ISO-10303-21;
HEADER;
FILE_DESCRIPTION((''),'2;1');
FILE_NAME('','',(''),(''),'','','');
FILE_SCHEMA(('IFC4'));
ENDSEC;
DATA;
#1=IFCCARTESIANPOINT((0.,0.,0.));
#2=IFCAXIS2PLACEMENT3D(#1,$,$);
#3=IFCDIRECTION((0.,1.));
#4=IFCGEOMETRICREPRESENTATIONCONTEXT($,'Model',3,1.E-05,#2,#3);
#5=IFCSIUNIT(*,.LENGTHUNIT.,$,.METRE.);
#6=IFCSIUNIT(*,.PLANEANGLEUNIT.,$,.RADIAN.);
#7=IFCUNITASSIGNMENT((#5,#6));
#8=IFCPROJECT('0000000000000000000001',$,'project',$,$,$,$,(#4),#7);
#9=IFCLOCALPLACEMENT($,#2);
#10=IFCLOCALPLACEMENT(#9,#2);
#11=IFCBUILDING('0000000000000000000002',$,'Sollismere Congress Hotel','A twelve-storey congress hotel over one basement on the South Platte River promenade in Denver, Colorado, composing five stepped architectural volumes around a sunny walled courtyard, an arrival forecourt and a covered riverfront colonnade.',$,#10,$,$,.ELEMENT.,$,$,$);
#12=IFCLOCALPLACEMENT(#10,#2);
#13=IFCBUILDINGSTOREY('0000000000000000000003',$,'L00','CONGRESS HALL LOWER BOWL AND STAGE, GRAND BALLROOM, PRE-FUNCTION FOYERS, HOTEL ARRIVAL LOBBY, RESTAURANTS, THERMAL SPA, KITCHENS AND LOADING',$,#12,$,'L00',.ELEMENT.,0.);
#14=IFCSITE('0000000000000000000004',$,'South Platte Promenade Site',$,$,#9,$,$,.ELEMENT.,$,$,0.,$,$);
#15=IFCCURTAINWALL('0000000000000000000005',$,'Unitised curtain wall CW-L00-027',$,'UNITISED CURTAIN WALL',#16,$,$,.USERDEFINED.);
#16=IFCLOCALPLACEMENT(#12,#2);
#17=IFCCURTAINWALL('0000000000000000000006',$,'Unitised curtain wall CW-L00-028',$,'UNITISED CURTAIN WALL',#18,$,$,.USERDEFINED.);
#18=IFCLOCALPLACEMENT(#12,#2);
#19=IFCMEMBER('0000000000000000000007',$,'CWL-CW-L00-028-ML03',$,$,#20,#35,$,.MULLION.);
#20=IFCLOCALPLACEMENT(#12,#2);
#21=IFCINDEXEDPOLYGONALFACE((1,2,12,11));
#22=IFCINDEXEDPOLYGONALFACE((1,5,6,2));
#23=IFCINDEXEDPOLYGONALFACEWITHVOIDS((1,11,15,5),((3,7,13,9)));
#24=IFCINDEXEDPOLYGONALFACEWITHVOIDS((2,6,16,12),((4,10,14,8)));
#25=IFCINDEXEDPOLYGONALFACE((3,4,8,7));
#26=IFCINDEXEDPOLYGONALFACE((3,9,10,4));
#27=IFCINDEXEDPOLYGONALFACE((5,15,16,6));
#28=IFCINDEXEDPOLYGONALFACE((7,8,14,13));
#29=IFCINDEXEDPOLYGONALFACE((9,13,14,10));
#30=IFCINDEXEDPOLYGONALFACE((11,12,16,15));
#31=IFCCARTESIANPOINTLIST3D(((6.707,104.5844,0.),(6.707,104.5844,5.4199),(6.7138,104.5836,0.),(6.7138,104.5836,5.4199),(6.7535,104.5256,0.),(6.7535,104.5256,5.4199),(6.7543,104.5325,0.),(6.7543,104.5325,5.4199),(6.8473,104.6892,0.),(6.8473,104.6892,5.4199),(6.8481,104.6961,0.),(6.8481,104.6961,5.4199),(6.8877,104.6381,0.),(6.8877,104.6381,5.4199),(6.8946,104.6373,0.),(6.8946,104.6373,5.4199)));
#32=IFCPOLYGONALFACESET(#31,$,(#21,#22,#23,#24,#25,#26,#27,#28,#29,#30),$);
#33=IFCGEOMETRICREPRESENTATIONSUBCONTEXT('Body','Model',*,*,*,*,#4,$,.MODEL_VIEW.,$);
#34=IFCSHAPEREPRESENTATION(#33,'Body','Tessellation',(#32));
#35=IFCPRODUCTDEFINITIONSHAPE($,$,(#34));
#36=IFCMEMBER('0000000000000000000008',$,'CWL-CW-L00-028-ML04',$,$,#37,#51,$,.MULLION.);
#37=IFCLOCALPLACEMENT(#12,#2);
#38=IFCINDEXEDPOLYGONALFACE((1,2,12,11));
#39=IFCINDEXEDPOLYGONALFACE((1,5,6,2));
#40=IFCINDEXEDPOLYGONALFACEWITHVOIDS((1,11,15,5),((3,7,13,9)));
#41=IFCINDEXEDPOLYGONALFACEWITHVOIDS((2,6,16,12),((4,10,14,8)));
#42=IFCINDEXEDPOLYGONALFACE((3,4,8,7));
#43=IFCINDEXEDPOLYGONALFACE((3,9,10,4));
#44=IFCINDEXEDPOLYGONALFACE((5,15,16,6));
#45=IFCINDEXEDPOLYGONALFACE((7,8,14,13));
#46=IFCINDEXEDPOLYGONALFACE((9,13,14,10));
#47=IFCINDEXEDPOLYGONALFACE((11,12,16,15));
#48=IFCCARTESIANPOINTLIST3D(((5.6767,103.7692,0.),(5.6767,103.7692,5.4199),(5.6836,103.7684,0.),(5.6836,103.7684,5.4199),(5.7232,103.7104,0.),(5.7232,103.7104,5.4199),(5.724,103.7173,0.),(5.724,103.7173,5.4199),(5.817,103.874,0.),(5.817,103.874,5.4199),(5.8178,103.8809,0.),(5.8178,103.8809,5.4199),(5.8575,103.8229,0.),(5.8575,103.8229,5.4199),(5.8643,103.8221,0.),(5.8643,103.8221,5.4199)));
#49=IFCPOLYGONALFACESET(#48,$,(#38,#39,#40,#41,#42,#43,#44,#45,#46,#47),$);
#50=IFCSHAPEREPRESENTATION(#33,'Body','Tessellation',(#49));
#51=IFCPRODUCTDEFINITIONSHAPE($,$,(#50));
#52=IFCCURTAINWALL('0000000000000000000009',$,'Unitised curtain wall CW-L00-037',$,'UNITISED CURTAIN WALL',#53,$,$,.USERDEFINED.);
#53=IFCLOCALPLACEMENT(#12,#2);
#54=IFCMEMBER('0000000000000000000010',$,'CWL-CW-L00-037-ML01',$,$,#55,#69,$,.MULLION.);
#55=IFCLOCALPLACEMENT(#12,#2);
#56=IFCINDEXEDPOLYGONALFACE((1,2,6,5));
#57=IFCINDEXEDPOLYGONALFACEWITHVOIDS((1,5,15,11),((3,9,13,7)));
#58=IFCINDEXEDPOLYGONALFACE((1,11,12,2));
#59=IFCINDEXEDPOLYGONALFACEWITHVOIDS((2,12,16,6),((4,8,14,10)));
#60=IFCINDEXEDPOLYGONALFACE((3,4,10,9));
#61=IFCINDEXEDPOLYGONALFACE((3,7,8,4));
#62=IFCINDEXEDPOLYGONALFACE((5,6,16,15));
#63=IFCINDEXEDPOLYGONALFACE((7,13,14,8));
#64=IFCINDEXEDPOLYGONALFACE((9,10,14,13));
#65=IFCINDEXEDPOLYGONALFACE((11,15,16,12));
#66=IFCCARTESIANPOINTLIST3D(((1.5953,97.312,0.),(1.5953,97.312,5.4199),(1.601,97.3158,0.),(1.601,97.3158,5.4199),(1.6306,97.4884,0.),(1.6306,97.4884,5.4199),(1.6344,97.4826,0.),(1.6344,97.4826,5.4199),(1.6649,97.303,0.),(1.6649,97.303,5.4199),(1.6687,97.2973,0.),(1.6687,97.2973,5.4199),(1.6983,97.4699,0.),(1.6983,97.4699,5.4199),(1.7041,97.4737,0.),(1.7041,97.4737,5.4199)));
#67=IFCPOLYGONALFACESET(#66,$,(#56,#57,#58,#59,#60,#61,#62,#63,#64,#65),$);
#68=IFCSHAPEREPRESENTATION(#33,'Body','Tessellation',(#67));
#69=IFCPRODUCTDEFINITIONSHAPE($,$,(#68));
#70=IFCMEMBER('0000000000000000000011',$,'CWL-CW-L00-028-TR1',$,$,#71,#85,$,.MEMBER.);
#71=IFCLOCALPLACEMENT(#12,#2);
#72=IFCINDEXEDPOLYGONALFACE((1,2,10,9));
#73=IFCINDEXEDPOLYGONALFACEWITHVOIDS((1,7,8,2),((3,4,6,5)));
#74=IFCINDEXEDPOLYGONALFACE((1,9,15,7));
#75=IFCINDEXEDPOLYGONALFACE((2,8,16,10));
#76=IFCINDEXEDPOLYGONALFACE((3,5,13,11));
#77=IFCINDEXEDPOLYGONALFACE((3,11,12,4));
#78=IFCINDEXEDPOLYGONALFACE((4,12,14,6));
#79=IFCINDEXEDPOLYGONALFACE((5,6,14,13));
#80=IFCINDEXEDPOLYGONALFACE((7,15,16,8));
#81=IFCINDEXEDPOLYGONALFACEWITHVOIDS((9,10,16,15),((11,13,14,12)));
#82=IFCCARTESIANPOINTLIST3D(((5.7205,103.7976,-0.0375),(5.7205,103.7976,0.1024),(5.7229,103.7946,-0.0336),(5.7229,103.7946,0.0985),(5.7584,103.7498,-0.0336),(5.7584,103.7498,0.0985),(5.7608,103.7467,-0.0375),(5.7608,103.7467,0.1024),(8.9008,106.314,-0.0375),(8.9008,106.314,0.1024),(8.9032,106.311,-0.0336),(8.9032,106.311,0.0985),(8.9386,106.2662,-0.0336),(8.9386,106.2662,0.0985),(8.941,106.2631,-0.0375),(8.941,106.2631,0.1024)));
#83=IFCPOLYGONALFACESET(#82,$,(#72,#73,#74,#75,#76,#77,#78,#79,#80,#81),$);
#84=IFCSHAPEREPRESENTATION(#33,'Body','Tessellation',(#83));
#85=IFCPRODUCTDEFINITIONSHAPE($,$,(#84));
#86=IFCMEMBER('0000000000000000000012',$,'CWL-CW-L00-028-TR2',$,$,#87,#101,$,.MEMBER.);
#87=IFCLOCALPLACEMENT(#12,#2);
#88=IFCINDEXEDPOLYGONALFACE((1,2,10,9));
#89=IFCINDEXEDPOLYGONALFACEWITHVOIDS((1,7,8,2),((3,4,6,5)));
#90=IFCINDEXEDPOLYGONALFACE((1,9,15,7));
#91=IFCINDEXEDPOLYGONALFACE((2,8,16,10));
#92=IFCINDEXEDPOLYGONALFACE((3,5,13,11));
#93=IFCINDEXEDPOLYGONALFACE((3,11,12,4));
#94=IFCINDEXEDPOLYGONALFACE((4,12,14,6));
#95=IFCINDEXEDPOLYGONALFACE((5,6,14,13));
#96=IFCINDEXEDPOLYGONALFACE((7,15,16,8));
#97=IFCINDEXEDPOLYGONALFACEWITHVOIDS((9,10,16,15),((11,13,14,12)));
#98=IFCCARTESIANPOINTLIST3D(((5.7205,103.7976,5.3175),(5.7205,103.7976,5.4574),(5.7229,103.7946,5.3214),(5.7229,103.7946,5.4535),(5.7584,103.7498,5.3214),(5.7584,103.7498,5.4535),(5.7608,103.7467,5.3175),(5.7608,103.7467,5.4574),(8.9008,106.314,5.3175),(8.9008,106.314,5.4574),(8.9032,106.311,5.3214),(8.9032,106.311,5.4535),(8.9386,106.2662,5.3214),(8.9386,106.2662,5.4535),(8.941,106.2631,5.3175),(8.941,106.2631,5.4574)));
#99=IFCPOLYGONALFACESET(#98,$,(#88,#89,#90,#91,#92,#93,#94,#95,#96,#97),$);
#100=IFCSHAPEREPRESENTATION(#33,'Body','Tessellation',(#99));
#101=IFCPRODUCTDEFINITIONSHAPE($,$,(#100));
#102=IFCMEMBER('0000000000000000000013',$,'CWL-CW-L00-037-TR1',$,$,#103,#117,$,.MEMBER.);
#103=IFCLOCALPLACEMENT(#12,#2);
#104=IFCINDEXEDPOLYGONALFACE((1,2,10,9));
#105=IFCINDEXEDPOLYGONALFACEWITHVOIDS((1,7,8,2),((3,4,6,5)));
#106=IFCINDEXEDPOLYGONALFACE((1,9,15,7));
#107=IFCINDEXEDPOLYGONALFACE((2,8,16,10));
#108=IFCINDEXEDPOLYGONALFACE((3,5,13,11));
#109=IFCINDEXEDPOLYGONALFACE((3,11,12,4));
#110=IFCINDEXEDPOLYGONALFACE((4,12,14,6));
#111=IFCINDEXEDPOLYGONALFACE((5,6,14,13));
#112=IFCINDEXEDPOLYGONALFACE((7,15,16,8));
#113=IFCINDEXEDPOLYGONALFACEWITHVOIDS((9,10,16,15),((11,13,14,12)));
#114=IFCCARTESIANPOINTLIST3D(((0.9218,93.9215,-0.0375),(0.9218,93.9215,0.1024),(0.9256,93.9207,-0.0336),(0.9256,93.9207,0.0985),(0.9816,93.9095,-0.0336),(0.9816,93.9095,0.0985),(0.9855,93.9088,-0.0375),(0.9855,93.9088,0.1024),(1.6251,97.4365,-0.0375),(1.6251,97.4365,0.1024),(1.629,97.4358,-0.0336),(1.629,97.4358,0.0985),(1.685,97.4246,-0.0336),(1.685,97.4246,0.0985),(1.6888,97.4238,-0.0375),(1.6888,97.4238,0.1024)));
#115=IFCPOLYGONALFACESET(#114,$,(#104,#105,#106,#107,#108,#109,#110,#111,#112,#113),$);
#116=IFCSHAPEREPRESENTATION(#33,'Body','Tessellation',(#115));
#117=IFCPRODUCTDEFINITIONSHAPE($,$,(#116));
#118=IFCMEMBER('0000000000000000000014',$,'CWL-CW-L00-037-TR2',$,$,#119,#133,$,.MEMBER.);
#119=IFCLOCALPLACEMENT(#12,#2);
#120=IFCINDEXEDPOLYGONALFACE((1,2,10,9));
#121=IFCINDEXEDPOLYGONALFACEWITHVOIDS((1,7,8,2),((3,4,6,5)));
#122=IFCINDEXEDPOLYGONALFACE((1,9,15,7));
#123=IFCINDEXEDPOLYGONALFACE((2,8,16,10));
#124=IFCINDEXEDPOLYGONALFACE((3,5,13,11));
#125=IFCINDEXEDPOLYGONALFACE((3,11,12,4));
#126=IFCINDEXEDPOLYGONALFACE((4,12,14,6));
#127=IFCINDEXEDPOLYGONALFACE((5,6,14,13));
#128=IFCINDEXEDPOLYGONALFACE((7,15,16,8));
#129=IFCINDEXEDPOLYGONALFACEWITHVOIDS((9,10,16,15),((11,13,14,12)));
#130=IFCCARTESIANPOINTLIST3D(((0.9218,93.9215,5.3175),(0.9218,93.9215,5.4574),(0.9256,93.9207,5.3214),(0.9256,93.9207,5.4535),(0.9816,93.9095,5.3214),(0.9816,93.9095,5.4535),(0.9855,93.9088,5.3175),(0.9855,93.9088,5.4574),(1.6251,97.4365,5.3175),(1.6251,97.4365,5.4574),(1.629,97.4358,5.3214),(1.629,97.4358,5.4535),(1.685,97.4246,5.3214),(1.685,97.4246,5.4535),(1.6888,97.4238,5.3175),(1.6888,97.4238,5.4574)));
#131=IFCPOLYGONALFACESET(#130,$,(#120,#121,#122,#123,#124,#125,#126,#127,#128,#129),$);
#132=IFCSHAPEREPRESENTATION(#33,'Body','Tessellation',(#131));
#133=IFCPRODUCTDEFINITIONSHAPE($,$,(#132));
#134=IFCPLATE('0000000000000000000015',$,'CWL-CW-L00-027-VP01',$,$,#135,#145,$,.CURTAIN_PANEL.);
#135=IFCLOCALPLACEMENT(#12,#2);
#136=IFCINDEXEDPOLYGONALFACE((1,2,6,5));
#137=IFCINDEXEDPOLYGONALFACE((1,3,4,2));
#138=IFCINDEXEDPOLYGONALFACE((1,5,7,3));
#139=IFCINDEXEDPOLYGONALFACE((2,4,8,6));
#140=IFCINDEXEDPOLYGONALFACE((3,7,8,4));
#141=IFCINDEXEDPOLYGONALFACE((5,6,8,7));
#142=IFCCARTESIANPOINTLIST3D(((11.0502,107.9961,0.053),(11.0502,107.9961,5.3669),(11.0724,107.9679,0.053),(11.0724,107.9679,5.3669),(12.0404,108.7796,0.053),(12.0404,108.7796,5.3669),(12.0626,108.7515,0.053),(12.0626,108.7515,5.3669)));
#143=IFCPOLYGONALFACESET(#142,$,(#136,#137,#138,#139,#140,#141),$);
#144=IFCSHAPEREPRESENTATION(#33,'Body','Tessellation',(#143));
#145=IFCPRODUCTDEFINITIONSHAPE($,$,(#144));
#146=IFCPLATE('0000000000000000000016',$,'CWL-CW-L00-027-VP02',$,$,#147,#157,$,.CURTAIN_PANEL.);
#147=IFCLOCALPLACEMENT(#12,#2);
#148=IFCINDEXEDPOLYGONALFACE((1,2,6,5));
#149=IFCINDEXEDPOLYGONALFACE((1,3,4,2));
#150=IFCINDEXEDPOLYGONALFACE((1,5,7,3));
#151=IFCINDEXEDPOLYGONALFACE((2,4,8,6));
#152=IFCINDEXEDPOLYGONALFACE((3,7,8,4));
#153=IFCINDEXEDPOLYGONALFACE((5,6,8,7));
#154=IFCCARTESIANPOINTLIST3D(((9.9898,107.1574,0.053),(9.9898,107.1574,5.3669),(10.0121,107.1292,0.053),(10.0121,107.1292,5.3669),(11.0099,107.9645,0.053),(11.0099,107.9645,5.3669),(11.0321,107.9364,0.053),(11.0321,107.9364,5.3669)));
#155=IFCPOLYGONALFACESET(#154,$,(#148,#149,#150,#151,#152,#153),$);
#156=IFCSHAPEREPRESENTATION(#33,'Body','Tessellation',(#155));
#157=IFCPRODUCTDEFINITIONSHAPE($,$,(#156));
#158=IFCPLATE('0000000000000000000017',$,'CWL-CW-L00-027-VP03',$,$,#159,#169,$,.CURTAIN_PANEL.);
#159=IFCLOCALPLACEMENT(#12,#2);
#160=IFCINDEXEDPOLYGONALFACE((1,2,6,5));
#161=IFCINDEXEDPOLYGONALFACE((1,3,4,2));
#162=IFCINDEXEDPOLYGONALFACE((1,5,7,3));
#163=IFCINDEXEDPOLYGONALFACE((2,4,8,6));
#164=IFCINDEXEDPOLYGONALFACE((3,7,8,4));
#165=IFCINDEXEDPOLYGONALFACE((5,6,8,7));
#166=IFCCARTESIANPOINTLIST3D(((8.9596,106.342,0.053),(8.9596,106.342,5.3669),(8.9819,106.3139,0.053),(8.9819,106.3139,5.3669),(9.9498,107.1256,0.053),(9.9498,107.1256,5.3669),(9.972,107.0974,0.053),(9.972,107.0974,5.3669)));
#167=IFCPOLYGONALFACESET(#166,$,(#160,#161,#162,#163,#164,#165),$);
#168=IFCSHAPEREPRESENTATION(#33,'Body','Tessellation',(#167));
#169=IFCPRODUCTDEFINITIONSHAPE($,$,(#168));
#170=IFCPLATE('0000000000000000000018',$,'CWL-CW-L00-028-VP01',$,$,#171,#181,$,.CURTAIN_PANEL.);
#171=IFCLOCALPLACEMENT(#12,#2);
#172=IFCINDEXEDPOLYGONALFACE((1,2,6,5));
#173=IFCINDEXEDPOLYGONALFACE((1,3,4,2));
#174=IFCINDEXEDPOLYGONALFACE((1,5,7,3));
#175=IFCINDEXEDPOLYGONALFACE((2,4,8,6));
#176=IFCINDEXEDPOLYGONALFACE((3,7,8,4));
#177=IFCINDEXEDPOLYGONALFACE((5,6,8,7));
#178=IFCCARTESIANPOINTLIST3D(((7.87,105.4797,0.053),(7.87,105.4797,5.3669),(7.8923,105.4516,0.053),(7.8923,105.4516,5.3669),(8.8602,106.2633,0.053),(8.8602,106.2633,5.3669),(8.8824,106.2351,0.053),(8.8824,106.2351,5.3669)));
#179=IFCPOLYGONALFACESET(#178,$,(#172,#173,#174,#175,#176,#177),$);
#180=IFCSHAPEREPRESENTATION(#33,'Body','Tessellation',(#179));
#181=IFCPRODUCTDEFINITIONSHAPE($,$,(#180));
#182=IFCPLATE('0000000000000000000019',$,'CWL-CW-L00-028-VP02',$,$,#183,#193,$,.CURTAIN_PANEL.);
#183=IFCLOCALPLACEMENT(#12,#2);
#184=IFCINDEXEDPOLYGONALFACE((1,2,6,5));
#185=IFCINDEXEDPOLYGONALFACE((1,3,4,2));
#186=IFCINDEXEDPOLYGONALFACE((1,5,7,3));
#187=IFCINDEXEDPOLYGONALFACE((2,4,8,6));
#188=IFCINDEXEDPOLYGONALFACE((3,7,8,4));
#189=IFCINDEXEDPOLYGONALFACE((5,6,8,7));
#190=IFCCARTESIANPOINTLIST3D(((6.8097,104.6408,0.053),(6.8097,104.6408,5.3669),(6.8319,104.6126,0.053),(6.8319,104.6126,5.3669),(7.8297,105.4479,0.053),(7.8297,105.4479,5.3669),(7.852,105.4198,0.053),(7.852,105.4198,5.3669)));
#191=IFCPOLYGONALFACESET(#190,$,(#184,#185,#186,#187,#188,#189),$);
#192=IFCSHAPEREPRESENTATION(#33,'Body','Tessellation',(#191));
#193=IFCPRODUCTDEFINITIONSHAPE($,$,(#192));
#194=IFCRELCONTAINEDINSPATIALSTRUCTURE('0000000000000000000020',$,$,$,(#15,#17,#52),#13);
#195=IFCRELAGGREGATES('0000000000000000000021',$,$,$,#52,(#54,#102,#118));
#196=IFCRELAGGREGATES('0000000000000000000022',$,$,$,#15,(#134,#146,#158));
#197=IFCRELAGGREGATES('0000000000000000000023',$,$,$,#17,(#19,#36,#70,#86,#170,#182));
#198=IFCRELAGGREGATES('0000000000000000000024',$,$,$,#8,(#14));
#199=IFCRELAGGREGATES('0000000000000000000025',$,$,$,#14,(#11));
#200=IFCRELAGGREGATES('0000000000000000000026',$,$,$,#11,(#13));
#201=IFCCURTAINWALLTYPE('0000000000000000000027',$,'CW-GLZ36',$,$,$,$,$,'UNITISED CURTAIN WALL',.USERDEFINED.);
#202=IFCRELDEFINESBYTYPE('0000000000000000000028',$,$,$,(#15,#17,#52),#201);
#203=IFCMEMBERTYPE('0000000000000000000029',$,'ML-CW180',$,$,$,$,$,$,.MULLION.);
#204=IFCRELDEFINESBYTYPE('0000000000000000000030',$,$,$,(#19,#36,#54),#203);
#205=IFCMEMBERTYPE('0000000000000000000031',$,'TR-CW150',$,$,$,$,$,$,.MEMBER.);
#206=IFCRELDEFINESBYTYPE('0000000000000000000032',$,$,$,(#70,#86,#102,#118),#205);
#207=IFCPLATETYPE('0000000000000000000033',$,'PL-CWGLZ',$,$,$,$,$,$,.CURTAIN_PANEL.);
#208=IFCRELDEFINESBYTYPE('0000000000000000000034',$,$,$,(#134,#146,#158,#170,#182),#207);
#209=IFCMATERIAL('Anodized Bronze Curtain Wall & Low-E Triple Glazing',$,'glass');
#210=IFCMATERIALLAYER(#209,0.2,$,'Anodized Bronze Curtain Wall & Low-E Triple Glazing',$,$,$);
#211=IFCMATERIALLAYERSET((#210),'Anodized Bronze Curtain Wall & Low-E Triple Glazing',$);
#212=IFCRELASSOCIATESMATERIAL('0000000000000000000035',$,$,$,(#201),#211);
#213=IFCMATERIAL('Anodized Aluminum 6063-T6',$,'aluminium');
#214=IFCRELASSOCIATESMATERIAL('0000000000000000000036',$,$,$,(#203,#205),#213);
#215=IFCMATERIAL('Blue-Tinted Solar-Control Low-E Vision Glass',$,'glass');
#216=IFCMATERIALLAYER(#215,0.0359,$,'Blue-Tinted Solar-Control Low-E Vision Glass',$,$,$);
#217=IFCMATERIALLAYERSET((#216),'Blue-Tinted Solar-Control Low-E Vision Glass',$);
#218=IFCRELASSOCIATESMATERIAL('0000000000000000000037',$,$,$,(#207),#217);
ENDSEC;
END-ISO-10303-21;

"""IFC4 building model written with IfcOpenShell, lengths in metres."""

from ifc_helpers import new_model, si_unit, direction, frame, origin, origin_2d, place, context, subcontext, project, spatial, rectangle, hollow_rectangle, extrude, material, layer, layer_set, material_profile, profile_set, type_object, element, aggregate, save


model = new_model("IFC4")

# Units and contexts
model_context = context("Model", 3, precision=1e-05, world=origin(), true_north=direction((0.0, 1.0)))
body_context = subcontext(model_context, "Body", "Model", "MODEL_VIEW")
ifc_project = project(units=[si_unit("LENGTHUNIT", "METRE"), si_unit("PLANEANGLEUNIT", "RADIAN")], contexts=[model_context])

# Site, building, storey
site_placement = place(None, origin())
site = spatial("IfcSite", under=ifc_project, at=site_placement, Name="South Platte Promenade Site", CompositionType="ELEMENT", RefElevation=0.0)
building_placement = place(site_placement, origin())
building = spatial("IfcBuilding", under=site, at=building_placement, Name="Sollismere Congress Hotel", Description="A twelve-storey congress hotel over one basement on the South Platte River promenade in Denver, Colorado, composing five stepped architectural volumes around a sunny walled courtyard, an arrival forecourt and a covered riverfront colonnade.", CompositionType="ELEMENT")
storey_placement = place(building_placement, origin())
storey = spatial("IfcBuildingStorey", under=building, at=storey_placement, Name="L00", Description="CONGRESS HALL LOWER BOWL AND STAGE, GRAND BALLROOM, PRE-FUNCTION FOYERS, HOTEL ARRIVAL LOBBY, RESTAURANTS, THERMAL SPA, KITCHENS AND LOADING", LongName="L00", CompositionType="ELEMENT", Elevation=0.0)

# Curtain walls, members
ifc_material_1 = material(Name="Anodized Bronze Curtain Wall & Low-E Triple Glazing", Category="glass")
ifc_layer_1 = layer(ifc_material_1, 0.2, Name="Anodized Bronze Curtain Wall & Low-E Triple Glazing")
ifc_layer_set_1 = layer_set([ifc_layer_1], Name="Anodized Bronze Curtain Wall & Low-E Triple Glazing")
curtain_wall_type = type_object("IfcCurtainWallType", Name="CW-GLZ36", ElementType="UNITISED CURTAIN WALL", PredefinedType="USERDEFINED", material=ifc_layer_set_1)
curtain_wall_1_placement = place(storey_placement, origin())
curtain_wall_1 = element("IfcCurtainWall", 1, at=curtain_wall_1_placement, inside=storey, type_object=curtain_wall_type, Name="Unitised curtain wall CW-L00-027", ObjectType="UNITISED CURTAIN WALL", PredefinedType="USERDEFINED")
ifc_material_2 = material(Name="Anodized Aluminum 6063-T6", Category="aluminium")
ifc_material_profile_1 = material_profile(ifc_material_2, hollow_rectangle(XDim=0.075, YDim=0.1799, WallThickness=0.0049, at=origin_2d()), Name="ALU180X75X5")
ifc_profile_set_1 = profile_set([ifc_material_profile_1], Name="Anodized Aluminum 6063-T6")
member_type_1 = type_object("IfcMemberType", Name="ML-CW180", PredefinedType="MULLION", material=ifc_profile_set_1)
curtain_wall_2_placement = place(storey_placement, origin())
curtain_wall_2 = element("IfcCurtainWall", 2, at=curtain_wall_2_placement, inside=storey, type_object=curtain_wall_type, Name="Unitised curtain wall CW-L00-028", ObjectType="UNITISED CURTAIN WALL", PredefinedType="USERDEFINED")
member_1_placement = place(storey_placement, frame((6.8008, 104.6108, 0.0), z_axis=(0.0, 0.0, 1.0), x_axis=(0.620532, -0.784181, 0.0)))
member_1 = element("IfcMember", 3, at=member_1_placement, type_object=member_type_1, Name="CWL-CW-L00-028-ML03", PredefinedType="MULLION", context=body_context, shape_type="SweptSolid", body=[
    extrude(hollow_rectangle(XDim=0.075, YDim=0.1799, WallThickness=0.0049, at=origin_2d()), origin(), (0.0, 0.0, 1.0), 5.4199),
])
member_2_placement = place(storey_placement, frame((5.7705, 103.7957, 0.0), z_axis=(0.0, 0.0, 1.0), x_axis=(0.620532, -0.784181, 0.0)))
member_2 = element("IfcMember", 4, at=member_2_placement, type_object=member_type_1, Name="CWL-CW-L00-028-ML04", PredefinedType="MULLION", context=body_context, shape_type="SweptSolid", body=[
    extrude(hollow_rectangle(XDim=0.075, YDim=0.1799, WallThickness=0.0049, at=origin_2d()), origin(), (0.0, 0.0, 1.0), 5.4199),
])

# Curtain wall, member
curtain_wall_3_placement = place(storey_placement, origin())
curtain_wall_3 = element("IfcCurtainWall", 5, at=curtain_wall_3_placement, inside=storey, type_object=curtain_wall_type, Name="Unitised curtain wall CW-L00-037", ObjectType="UNITISED CURTAIN WALL", PredefinedType="USERDEFINED")
member_3_placement = place(storey_placement, frame((1.6497, 97.3928, 0.0), z_axis=(0.0, 0.0, 1.0), x_axis=(0.980553, -0.196254, 0.0)))
member_3 = element("IfcMember", 6, at=member_3_placement, type_object=member_type_1, Name="CWL-CW-L00-037-ML01", PredefinedType="MULLION", context=body_context, shape_type="SweptSolid", body=[
    extrude(hollow_rectangle(XDim=0.075, YDim=0.1799, WallThickness=0.0049, at=origin_2d()), origin(), (0.0, 0.0, 1.0), 5.4199),
])

# Members
ifc_material_profile_2 = material_profile(ifc_material_2, hollow_rectangle(XDim=0.0649, YDim=0.1399, WallThickness=0.0039, at=origin_2d()), Name="ALU140X65X4")
ifc_profile_set_2 = profile_set([ifc_material_profile_2], Name="Anodized Aluminum 6063-T6")
member_type_2 = type_object("IfcMemberType", Name="TR-CW150", PredefinedType="MEMBER", material=ifc_profile_set_2)
member_4_placement = place(storey_placement, frame((8.9209, 106.2886, 0.0325), z_axis=(-0.7842, -0.620509, 0.0), x_axis=(0.620509, -0.7842, 0.0)))
member_4 = element("IfcMember", 7, at=member_4_placement, type_object=member_type_2, Name="CWL-CW-L00-028-TR1", PredefinedType="MEMBER", context=body_context, shape_type="SweptSolid", body=[
    extrude(hollow_rectangle(XDim=0.0649, YDim=0.1399, WallThickness=0.0039, at=origin_2d()), origin(), (0.0, 0.0, 1.0), 4.0554),
])
member_5_placement = place(storey_placement, frame((8.9209, 106.2886, 5.3875), z_axis=(-0.7842, -0.620509, 0.0), x_axis=(0.620509, -0.7842, 0.0)))
member_5 = element("IfcMember", 8, at=member_5_placement, type_object=member_type_2, Name="CWL-CW-L00-028-TR2", PredefinedType="MEMBER", context=body_context, shape_type="SweptSolid", body=[
    extrude(hollow_rectangle(XDim=0.0649, YDim=0.1399, WallThickness=0.0039, at=origin_2d()), origin(), (0.0, 0.0, 1.0), 4.0554),
])
member_6_placement = place(storey_placement, frame((1.657, 97.4302, 0.0325), z_axis=(-0.196208, -0.980562, 0.0), x_axis=(0.980562, -0.196208, 0.0)))
member_6 = element("IfcMember", 9, at=member_6_placement, type_object=member_type_2, Name="CWL-CW-L00-037-TR1", PredefinedType="MEMBER", context=body_context, shape_type="SweptSolid", body=[
    extrude(hollow_rectangle(XDim=0.0649, YDim=0.1399, WallThickness=0.0039, at=origin_2d()), origin(), (0.0, 0.0, 1.0), 3.5847),
])
member_7_placement = place(storey_placement, frame((1.657, 97.4302, 5.3875), z_axis=(-0.196208, -0.980562, 0.0), x_axis=(0.980562, -0.196208, 0.0)))
member_7 = element("IfcMember", 10, at=member_7_placement, type_object=member_type_2, Name="CWL-CW-L00-037-TR2", PredefinedType="MEMBER", context=body_context, shape_type="SweptSolid", body=[
    extrude(hollow_rectangle(XDim=0.0649, YDim=0.1399, WallThickness=0.0039, at=origin_2d()), origin(), (0.0, 0.0, 1.0), 3.5847),
])
aggregate(curtain_wall_3, [member_3, member_6, member_7])

# Plates
ifc_material_3 = material(Name="Blue-Tinted Solar-Control Low-E Vision Glass", Category="glass")
ifc_layer_2 = layer(ifc_material_3, 0.0359, Name="Blue-Tinted Solar-Control Low-E Vision Glass")
ifc_layer_set_2 = layer_set([ifc_layer_2], Name="Blue-Tinted Solar-Control Low-E Vision Glass")
plate_type_1 = type_object("IfcPlateType", Name="PL-CWGLZ", PredefinedType="CURTAIN_PANEL", material=ifc_layer_set_2)
plate_1_placement = place(storey_placement, frame((11.5564, 108.3738, 0.053), z_axis=(0.0, 0.0, 1.0), x_axis=(-0.784181, -0.620532, 0.0)))
plate_1 = element("IfcPlate", 11, at=plate_1_placement, type_object=plate_type_1, Name="CWL-CW-L00-027-VP01", PredefinedType="CURTAIN_PANEL", context=body_context, shape_type="SweptSolid", body=[
    extrude(rectangle(XDim=1.2627, YDim=0.0359, at=origin_2d()), origin(), (0.0, 0.0, 1.0), 5.314),
])
plate_2_placement = place(storey_placement, frame((10.511, 107.5469, 0.053), z_axis=(0.0, 0.0, 1.0), x_axis=(-0.784181, -0.620532, 0.0)))
plate_2 = element("IfcPlate", 12, at=plate_2_placement, type_object=plate_type_1, Name="CWL-CW-L00-027-VP02", PredefinedType="CURTAIN_PANEL", context=body_context, shape_type="SweptSolid", body=[
    extrude(rectangle(XDim=1.3008, YDim=0.0359, at=origin_2d()), origin(), (0.0, 0.0, 1.0), 5.314),
])
plate_3_placement = place(storey_placement, frame((9.4658, 106.7197, 0.053), z_axis=(0.0, 0.0, 1.0), x_axis=(-0.784181, -0.620532, 0.0)))
plate_3 = element("IfcPlate", 13, at=plate_3_placement, type_object=plate_type_1, Name="CWL-CW-L00-027-VP03", PredefinedType="CURTAIN_PANEL", context=body_context, shape_type="SweptSolid", body=[
    extrude(rectangle(XDim=1.2627, YDim=0.0359, at=origin_2d()), origin(), (0.0, 0.0, 1.0), 5.314),
])
aggregate(curtain_wall_1, [plate_1, plate_2, plate_3])
plate_4_placement = place(storey_placement, frame((8.3762, 105.8574, 0.053), z_axis=(0.0, 0.0, 1.0), x_axis=(-0.784181, -0.620532, 0.0)))
plate_4 = element("IfcPlate", 14, at=plate_4_placement, type_object=plate_type_1, Name="CWL-CW-L00-028-VP01", PredefinedType="CURTAIN_PANEL", context=body_context, shape_type="SweptSolid", body=[
    extrude(rectangle(XDim=1.2627, YDim=0.0359, at=origin_2d()), origin(), (0.0, 0.0, 1.0), 5.314),
])
plate_5_placement = place(storey_placement, frame((7.3308, 105.0303, 0.053), z_axis=(0.0, 0.0, 1.0), x_axis=(-0.784181, -0.620532, 0.0)))
plate_5 = element("IfcPlate", 15, at=plate_5_placement, type_object=plate_type_1, Name="CWL-CW-L00-028-VP02", PredefinedType="CURTAIN_PANEL", context=body_context, shape_type="SweptSolid", body=[
    extrude(rectangle(XDim=1.3008, YDim=0.0359, at=origin_2d()), origin(), (0.0, 0.0, 1.0), 5.314),
])
aggregate(curtain_wall_2, [member_1, member_2, member_4, member_5, plate_4, plate_5])

save(model, "model.ifc")
